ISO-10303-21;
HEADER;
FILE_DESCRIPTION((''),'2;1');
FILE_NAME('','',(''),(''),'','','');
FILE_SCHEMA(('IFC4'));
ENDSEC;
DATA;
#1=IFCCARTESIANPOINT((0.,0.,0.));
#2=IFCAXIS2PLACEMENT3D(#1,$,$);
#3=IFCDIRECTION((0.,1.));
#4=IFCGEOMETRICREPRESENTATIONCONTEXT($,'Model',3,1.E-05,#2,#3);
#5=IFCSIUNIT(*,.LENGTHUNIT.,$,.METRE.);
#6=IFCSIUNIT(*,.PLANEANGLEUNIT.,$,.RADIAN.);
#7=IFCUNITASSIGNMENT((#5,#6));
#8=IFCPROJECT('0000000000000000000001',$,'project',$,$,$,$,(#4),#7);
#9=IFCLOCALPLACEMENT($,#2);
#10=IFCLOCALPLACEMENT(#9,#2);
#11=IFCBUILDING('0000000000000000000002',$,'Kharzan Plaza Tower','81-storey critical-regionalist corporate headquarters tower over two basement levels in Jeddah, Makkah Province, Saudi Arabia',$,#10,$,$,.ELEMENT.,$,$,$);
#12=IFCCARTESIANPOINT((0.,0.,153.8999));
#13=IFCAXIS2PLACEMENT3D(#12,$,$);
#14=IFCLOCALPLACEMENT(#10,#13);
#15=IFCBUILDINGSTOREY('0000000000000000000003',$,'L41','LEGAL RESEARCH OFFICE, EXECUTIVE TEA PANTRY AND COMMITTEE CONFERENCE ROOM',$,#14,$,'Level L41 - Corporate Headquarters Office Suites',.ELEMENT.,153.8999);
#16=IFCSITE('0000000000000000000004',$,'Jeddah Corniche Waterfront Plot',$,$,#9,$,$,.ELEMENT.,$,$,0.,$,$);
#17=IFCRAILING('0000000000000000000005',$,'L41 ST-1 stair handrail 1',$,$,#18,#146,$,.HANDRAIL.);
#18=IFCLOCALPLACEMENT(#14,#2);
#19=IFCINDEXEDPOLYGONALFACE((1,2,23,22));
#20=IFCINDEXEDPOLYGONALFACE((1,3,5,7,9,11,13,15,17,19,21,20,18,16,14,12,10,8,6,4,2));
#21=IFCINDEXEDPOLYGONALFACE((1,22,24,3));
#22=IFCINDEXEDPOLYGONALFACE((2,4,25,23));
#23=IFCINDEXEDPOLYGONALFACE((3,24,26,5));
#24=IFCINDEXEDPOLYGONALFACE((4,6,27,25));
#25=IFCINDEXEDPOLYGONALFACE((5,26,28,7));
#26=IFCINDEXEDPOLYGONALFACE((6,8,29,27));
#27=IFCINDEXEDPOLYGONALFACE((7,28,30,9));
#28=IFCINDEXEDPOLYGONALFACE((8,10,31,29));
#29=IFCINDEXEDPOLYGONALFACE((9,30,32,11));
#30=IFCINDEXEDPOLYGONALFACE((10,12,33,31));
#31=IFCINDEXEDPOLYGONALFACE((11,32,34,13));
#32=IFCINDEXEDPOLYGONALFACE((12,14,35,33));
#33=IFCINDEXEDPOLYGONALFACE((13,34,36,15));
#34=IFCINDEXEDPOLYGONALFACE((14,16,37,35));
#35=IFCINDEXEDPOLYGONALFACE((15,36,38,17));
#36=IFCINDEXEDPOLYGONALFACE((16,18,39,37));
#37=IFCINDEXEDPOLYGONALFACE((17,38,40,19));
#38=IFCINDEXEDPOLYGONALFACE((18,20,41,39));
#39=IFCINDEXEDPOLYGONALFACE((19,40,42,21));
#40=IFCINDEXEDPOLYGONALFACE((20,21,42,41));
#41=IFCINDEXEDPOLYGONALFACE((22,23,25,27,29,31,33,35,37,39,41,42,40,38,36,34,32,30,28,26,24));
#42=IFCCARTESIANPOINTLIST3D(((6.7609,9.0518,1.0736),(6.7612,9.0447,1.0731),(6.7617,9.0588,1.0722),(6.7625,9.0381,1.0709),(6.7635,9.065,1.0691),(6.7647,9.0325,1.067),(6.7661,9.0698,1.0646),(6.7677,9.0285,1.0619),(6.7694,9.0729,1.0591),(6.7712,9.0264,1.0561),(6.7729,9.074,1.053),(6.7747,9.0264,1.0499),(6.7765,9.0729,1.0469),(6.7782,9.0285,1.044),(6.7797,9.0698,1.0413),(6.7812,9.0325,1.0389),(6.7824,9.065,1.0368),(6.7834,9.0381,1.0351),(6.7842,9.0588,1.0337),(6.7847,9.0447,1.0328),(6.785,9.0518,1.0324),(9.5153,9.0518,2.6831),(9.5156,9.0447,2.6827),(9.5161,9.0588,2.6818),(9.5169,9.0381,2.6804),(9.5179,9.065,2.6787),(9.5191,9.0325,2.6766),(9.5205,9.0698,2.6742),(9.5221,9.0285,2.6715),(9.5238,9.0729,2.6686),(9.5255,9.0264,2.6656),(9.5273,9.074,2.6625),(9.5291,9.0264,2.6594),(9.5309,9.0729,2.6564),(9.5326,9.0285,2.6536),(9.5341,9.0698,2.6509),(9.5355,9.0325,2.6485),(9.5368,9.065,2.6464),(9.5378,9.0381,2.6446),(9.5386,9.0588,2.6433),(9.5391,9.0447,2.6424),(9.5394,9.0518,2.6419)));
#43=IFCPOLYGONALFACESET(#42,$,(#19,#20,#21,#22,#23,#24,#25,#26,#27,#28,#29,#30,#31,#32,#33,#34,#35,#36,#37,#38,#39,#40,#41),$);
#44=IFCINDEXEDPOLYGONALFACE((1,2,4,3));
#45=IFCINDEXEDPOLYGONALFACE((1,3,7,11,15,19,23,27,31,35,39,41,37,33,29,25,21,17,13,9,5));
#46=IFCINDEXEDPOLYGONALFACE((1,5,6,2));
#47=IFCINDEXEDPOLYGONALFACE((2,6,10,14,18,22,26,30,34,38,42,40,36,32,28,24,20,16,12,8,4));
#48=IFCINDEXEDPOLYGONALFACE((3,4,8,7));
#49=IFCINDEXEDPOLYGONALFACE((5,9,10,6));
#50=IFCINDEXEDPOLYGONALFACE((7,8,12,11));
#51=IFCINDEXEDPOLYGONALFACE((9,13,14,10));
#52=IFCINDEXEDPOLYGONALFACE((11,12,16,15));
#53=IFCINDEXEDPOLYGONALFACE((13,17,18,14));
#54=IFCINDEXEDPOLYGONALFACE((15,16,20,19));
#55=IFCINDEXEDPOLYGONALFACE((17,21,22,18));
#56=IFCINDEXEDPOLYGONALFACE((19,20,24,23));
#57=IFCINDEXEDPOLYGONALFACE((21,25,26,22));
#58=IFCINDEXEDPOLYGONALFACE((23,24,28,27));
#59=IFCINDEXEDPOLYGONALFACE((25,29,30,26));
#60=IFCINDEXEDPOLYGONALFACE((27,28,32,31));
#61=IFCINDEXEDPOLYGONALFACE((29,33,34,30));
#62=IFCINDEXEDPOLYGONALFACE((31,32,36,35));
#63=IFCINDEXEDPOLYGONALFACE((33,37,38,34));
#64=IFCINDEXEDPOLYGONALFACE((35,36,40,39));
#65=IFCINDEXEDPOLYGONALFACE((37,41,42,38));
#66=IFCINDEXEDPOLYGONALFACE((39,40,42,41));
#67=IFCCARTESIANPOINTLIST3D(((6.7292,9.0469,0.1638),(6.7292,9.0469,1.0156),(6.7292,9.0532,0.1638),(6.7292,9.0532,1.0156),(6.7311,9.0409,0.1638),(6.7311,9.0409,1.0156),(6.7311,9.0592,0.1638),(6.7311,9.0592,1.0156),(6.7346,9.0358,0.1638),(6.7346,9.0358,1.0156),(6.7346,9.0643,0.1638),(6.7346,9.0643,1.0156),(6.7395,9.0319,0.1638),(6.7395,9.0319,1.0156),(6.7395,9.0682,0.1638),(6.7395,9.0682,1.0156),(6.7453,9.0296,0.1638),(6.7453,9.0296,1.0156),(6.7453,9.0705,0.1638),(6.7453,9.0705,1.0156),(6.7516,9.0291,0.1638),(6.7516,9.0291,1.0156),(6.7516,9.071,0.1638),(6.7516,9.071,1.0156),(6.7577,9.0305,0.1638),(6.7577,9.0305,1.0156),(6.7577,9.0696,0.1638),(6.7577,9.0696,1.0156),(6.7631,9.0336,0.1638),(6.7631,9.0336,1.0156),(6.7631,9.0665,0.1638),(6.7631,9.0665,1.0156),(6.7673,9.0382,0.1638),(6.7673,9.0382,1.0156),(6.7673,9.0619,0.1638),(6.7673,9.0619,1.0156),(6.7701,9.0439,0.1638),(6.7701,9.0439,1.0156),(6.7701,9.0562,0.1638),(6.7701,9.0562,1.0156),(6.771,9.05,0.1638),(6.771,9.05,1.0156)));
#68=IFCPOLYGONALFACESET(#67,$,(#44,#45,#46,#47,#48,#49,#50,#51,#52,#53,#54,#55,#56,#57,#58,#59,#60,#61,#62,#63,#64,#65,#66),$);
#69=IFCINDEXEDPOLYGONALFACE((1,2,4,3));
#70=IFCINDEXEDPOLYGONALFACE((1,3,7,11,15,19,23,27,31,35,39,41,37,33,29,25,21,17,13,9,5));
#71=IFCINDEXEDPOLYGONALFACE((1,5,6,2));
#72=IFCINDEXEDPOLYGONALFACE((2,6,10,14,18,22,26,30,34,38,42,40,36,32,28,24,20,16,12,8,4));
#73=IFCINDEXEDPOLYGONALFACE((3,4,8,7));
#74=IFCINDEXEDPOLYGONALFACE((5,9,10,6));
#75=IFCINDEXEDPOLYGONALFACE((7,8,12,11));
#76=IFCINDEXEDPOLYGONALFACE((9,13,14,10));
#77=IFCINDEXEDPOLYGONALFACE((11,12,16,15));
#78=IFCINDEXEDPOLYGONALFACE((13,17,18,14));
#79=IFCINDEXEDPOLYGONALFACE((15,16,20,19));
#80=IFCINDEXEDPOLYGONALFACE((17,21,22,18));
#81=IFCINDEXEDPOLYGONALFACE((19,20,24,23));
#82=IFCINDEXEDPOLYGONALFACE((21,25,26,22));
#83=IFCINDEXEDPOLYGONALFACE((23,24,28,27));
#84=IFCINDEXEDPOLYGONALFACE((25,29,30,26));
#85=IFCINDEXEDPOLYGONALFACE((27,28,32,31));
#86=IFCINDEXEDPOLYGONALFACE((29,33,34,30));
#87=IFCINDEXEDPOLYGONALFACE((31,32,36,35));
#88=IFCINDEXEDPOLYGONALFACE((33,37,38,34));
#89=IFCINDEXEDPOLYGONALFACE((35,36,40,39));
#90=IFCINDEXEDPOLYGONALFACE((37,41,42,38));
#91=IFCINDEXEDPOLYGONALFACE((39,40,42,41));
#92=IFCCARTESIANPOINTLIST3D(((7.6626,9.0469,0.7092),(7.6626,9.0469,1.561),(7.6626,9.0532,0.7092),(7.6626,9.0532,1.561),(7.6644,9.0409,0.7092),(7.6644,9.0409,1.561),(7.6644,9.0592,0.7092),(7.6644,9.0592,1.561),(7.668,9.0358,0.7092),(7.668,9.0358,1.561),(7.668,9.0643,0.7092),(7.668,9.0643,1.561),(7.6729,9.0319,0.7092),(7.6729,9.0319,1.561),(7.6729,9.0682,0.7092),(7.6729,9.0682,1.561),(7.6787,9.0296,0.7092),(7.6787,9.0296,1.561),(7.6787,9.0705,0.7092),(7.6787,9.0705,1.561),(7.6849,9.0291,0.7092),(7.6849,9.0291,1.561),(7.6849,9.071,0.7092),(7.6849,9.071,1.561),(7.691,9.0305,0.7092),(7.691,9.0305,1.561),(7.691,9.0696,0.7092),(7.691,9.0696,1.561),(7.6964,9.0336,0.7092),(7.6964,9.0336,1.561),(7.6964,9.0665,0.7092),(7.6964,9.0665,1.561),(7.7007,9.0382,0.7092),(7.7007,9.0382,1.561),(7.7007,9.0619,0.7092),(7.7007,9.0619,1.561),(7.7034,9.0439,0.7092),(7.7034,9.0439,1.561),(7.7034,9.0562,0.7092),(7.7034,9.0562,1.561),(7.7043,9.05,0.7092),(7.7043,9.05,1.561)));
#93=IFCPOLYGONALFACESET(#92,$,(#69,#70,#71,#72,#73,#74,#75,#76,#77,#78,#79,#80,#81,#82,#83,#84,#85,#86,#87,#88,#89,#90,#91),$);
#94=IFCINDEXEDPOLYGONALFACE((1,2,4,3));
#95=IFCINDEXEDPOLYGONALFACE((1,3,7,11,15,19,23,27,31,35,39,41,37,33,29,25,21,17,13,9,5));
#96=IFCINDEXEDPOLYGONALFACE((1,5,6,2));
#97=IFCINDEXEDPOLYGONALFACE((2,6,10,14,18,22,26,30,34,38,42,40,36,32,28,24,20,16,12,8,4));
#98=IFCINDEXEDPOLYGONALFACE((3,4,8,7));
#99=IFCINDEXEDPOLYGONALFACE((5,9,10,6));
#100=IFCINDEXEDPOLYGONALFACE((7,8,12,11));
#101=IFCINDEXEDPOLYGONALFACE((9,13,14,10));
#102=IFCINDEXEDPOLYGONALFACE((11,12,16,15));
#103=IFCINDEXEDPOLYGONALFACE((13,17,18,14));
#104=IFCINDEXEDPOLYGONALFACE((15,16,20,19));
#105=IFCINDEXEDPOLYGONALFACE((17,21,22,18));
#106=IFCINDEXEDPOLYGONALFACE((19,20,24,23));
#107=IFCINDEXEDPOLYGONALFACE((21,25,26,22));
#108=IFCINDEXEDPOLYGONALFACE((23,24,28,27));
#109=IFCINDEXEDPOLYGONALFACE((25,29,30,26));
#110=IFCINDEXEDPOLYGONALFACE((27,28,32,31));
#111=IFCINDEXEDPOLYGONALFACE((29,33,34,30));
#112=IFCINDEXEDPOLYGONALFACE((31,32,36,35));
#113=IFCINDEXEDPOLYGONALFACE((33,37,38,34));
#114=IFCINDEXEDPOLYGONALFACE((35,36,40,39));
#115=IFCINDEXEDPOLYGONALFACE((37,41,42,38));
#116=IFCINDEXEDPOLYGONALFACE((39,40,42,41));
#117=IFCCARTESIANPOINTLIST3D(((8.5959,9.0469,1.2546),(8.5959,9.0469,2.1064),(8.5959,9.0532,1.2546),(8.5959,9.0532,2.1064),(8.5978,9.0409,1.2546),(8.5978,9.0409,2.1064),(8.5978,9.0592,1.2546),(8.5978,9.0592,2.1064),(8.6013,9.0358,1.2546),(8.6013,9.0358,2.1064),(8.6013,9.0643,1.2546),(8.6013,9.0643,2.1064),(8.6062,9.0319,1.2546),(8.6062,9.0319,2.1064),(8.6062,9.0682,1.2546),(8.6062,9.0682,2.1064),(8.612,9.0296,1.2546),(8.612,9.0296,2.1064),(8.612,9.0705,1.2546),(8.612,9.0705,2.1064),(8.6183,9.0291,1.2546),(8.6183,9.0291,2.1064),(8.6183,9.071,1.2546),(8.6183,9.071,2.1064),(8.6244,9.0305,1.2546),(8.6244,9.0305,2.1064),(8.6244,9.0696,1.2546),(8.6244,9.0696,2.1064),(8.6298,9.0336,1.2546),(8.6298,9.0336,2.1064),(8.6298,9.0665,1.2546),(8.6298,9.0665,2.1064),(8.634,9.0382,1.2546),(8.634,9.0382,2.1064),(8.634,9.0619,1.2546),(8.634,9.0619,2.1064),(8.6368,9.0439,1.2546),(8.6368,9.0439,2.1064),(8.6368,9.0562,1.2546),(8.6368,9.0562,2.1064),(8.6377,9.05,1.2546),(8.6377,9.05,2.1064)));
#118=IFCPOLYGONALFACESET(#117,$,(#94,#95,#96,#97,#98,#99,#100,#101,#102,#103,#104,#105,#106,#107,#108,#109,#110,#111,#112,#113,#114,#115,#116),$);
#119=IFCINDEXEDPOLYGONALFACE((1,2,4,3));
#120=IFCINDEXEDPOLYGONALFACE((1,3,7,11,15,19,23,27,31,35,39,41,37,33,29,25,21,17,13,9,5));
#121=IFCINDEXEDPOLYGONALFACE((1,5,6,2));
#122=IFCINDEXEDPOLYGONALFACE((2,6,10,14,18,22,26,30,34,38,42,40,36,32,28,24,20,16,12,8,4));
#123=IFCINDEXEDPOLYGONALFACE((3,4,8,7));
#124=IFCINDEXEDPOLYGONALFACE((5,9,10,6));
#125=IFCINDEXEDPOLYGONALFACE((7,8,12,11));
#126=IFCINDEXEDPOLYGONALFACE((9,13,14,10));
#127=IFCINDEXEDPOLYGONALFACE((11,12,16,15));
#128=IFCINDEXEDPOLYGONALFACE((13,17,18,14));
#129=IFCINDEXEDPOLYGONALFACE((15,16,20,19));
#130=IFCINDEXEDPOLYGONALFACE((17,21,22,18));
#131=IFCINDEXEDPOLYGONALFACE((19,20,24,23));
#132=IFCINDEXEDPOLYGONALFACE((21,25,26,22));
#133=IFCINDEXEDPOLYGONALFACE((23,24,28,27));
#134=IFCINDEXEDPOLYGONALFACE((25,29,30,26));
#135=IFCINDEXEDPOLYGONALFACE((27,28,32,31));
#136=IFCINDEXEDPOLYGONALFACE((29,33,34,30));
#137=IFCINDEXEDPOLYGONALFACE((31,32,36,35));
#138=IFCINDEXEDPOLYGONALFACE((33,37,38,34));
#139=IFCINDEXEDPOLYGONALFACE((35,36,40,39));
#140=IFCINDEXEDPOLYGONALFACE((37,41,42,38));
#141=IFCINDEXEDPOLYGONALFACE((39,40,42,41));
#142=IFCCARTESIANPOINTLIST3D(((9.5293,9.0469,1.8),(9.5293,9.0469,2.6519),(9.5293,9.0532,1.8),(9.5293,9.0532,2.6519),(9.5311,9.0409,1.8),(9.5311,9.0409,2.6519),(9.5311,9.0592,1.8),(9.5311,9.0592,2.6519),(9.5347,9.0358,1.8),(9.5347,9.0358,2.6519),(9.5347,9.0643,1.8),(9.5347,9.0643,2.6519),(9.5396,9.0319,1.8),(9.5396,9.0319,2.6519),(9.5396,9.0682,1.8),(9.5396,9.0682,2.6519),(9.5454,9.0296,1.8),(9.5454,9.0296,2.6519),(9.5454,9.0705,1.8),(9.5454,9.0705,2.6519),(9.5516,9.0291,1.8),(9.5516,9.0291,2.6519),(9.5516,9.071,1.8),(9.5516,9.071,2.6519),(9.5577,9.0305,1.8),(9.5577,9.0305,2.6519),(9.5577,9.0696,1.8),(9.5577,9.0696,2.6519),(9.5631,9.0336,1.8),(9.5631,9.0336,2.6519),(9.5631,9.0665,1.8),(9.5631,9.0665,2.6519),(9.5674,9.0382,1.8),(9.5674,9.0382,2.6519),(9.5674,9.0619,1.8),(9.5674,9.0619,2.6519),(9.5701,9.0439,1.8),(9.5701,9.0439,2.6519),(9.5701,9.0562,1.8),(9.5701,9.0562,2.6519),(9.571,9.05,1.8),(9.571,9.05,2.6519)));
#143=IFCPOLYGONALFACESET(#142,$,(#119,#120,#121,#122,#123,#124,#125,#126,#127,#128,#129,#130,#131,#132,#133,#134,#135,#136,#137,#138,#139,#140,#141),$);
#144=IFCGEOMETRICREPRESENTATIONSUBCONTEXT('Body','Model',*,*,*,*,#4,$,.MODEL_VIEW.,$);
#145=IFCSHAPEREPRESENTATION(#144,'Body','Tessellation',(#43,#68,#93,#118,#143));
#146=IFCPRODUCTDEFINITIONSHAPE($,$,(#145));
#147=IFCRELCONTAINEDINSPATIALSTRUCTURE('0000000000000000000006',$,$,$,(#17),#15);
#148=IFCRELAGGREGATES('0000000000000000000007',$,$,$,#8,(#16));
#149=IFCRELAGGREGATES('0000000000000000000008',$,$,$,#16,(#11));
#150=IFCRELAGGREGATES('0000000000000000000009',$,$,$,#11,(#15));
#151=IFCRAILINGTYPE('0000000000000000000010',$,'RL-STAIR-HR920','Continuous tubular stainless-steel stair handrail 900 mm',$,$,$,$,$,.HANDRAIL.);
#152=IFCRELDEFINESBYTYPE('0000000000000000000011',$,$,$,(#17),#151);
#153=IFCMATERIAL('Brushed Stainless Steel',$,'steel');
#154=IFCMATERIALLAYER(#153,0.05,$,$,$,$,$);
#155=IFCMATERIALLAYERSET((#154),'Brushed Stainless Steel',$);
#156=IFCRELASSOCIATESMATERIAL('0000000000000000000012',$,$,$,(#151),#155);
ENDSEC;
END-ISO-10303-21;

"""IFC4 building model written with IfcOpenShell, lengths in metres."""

from ifc_helpers import new_model, si_unit, direction, frame, origin, origin_2d, place, context, subcontext, project, spatial, circle, extrude, source, transform, mapped, material, layer, layer_set, type_object, element, save


model = new_model("IFC4")

# Units and contexts
model_context = context("Model", 3, precision=1e-05, world=origin(), true_north=direction((0.0, 1.0)))
body_context = subcontext(model_context, "Body", "Model", "MODEL_VIEW")
ifc_project = project(units=[si_unit("LENGTHUNIT", "METRE"), si_unit("PLANEANGLEUNIT", "RADIAN")], contexts=[model_context])

# Site, building, storey
site_placement = place(None, origin())
site = spatial("IfcSite", under=ifc_project, at=site_placement, Name="Jeddah Corniche Waterfront Plot", CompositionType="ELEMENT", RefElevation=0.0)
building_placement = place(site_placement, origin())
building = spatial("IfcBuilding", under=site, at=building_placement, Name="Kharzan Plaza Tower", Description="81-storey critical-regionalist corporate headquarters tower over two basement levels in Jeddah, Makkah Province, Saudi Arabia", CompositionType="ELEMENT")
storey_placement = place(building_placement, frame((0.0, 0.0, 153.8999)))
storey = spatial("IfcBuildingStorey", under=building, at=storey_placement, Name="L41", Description="LEGAL RESEARCH OFFICE, EXECUTIVE TEA PANTRY AND COMMITTEE CONFERENCE ROOM", LongName="Level L41 - Corporate Headquarters Office Suites", CompositionType="ELEMENT", Elevation=153.8999)

# Railing
ifc_material_1 = material(Name="Brushed Stainless Steel", Category="steel")
ifc_layer_1 = layer(ifc_material_1, 0.05)
ifc_layer_set_1 = layer_set([ifc_layer_1], Name="Brushed Stainless Steel")
railing_type_1 = type_object("IfcRailingType", Name="RL-STAIR-HR920", Description="Continuous tubular stainless-steel stair handrail 900 mm", PredefinedType="HANDRAIL", material=ifc_layer_set_1)
shared_shape_1 = source(origin(), body_context, "Body", "SweptSolid", [
    extrude(circle(Radius=0.0239, at=origin_2d()), frame((0.0229, 0.0, 0.8892), z_axis=(0.863394, 0.0, 0.504531), x_axis=(0.0, 1.0, 0.0)), (0.0, 0.0, 1.0), 3.1902),
    extrude(circle(Radius=0.021, at=origin_2d()), origin(), (0.0, 0.0, 1.0), 0.8518),
    extrude(circle(Radius=0.021, at=origin_2d()), frame((0.9333, 0.0, 0.5454)), (0.0, 0.0, 1.0), 0.8518),
    extrude(circle(Radius=0.021, at=origin_2d()), frame((1.8667, 0.0, 1.0908)), (0.0, 0.0, 1.0), 0.8518),
    extrude(circle(Radius=0.021, at=origin_2d()), frame((2.8, 0.0, 1.6362)), (0.0, 0.0, 1.0), 0.8518),
])
railing_1_placement = place(storey_placement, frame((6.75, 9.05, 0.1638)))
element("IfcRailing", 1, at=railing_1_placement, inside=storey, type_object=railing_type_1, Name="L41 ST-1 stair handrail 1", PredefinedType="HANDRAIL", context=body_context, shape_type="MappedRepresentation", body=[
    mapped(shared_shape_1, transform((0.0, 0.0, 0.0), x_axis=(1.0, 0.0, 0.0), y_axis=(0.0, 1.0, 0.0), z_axis=(0.0, 0.0, 1.0))),
])

save(model, "model.ifc")
